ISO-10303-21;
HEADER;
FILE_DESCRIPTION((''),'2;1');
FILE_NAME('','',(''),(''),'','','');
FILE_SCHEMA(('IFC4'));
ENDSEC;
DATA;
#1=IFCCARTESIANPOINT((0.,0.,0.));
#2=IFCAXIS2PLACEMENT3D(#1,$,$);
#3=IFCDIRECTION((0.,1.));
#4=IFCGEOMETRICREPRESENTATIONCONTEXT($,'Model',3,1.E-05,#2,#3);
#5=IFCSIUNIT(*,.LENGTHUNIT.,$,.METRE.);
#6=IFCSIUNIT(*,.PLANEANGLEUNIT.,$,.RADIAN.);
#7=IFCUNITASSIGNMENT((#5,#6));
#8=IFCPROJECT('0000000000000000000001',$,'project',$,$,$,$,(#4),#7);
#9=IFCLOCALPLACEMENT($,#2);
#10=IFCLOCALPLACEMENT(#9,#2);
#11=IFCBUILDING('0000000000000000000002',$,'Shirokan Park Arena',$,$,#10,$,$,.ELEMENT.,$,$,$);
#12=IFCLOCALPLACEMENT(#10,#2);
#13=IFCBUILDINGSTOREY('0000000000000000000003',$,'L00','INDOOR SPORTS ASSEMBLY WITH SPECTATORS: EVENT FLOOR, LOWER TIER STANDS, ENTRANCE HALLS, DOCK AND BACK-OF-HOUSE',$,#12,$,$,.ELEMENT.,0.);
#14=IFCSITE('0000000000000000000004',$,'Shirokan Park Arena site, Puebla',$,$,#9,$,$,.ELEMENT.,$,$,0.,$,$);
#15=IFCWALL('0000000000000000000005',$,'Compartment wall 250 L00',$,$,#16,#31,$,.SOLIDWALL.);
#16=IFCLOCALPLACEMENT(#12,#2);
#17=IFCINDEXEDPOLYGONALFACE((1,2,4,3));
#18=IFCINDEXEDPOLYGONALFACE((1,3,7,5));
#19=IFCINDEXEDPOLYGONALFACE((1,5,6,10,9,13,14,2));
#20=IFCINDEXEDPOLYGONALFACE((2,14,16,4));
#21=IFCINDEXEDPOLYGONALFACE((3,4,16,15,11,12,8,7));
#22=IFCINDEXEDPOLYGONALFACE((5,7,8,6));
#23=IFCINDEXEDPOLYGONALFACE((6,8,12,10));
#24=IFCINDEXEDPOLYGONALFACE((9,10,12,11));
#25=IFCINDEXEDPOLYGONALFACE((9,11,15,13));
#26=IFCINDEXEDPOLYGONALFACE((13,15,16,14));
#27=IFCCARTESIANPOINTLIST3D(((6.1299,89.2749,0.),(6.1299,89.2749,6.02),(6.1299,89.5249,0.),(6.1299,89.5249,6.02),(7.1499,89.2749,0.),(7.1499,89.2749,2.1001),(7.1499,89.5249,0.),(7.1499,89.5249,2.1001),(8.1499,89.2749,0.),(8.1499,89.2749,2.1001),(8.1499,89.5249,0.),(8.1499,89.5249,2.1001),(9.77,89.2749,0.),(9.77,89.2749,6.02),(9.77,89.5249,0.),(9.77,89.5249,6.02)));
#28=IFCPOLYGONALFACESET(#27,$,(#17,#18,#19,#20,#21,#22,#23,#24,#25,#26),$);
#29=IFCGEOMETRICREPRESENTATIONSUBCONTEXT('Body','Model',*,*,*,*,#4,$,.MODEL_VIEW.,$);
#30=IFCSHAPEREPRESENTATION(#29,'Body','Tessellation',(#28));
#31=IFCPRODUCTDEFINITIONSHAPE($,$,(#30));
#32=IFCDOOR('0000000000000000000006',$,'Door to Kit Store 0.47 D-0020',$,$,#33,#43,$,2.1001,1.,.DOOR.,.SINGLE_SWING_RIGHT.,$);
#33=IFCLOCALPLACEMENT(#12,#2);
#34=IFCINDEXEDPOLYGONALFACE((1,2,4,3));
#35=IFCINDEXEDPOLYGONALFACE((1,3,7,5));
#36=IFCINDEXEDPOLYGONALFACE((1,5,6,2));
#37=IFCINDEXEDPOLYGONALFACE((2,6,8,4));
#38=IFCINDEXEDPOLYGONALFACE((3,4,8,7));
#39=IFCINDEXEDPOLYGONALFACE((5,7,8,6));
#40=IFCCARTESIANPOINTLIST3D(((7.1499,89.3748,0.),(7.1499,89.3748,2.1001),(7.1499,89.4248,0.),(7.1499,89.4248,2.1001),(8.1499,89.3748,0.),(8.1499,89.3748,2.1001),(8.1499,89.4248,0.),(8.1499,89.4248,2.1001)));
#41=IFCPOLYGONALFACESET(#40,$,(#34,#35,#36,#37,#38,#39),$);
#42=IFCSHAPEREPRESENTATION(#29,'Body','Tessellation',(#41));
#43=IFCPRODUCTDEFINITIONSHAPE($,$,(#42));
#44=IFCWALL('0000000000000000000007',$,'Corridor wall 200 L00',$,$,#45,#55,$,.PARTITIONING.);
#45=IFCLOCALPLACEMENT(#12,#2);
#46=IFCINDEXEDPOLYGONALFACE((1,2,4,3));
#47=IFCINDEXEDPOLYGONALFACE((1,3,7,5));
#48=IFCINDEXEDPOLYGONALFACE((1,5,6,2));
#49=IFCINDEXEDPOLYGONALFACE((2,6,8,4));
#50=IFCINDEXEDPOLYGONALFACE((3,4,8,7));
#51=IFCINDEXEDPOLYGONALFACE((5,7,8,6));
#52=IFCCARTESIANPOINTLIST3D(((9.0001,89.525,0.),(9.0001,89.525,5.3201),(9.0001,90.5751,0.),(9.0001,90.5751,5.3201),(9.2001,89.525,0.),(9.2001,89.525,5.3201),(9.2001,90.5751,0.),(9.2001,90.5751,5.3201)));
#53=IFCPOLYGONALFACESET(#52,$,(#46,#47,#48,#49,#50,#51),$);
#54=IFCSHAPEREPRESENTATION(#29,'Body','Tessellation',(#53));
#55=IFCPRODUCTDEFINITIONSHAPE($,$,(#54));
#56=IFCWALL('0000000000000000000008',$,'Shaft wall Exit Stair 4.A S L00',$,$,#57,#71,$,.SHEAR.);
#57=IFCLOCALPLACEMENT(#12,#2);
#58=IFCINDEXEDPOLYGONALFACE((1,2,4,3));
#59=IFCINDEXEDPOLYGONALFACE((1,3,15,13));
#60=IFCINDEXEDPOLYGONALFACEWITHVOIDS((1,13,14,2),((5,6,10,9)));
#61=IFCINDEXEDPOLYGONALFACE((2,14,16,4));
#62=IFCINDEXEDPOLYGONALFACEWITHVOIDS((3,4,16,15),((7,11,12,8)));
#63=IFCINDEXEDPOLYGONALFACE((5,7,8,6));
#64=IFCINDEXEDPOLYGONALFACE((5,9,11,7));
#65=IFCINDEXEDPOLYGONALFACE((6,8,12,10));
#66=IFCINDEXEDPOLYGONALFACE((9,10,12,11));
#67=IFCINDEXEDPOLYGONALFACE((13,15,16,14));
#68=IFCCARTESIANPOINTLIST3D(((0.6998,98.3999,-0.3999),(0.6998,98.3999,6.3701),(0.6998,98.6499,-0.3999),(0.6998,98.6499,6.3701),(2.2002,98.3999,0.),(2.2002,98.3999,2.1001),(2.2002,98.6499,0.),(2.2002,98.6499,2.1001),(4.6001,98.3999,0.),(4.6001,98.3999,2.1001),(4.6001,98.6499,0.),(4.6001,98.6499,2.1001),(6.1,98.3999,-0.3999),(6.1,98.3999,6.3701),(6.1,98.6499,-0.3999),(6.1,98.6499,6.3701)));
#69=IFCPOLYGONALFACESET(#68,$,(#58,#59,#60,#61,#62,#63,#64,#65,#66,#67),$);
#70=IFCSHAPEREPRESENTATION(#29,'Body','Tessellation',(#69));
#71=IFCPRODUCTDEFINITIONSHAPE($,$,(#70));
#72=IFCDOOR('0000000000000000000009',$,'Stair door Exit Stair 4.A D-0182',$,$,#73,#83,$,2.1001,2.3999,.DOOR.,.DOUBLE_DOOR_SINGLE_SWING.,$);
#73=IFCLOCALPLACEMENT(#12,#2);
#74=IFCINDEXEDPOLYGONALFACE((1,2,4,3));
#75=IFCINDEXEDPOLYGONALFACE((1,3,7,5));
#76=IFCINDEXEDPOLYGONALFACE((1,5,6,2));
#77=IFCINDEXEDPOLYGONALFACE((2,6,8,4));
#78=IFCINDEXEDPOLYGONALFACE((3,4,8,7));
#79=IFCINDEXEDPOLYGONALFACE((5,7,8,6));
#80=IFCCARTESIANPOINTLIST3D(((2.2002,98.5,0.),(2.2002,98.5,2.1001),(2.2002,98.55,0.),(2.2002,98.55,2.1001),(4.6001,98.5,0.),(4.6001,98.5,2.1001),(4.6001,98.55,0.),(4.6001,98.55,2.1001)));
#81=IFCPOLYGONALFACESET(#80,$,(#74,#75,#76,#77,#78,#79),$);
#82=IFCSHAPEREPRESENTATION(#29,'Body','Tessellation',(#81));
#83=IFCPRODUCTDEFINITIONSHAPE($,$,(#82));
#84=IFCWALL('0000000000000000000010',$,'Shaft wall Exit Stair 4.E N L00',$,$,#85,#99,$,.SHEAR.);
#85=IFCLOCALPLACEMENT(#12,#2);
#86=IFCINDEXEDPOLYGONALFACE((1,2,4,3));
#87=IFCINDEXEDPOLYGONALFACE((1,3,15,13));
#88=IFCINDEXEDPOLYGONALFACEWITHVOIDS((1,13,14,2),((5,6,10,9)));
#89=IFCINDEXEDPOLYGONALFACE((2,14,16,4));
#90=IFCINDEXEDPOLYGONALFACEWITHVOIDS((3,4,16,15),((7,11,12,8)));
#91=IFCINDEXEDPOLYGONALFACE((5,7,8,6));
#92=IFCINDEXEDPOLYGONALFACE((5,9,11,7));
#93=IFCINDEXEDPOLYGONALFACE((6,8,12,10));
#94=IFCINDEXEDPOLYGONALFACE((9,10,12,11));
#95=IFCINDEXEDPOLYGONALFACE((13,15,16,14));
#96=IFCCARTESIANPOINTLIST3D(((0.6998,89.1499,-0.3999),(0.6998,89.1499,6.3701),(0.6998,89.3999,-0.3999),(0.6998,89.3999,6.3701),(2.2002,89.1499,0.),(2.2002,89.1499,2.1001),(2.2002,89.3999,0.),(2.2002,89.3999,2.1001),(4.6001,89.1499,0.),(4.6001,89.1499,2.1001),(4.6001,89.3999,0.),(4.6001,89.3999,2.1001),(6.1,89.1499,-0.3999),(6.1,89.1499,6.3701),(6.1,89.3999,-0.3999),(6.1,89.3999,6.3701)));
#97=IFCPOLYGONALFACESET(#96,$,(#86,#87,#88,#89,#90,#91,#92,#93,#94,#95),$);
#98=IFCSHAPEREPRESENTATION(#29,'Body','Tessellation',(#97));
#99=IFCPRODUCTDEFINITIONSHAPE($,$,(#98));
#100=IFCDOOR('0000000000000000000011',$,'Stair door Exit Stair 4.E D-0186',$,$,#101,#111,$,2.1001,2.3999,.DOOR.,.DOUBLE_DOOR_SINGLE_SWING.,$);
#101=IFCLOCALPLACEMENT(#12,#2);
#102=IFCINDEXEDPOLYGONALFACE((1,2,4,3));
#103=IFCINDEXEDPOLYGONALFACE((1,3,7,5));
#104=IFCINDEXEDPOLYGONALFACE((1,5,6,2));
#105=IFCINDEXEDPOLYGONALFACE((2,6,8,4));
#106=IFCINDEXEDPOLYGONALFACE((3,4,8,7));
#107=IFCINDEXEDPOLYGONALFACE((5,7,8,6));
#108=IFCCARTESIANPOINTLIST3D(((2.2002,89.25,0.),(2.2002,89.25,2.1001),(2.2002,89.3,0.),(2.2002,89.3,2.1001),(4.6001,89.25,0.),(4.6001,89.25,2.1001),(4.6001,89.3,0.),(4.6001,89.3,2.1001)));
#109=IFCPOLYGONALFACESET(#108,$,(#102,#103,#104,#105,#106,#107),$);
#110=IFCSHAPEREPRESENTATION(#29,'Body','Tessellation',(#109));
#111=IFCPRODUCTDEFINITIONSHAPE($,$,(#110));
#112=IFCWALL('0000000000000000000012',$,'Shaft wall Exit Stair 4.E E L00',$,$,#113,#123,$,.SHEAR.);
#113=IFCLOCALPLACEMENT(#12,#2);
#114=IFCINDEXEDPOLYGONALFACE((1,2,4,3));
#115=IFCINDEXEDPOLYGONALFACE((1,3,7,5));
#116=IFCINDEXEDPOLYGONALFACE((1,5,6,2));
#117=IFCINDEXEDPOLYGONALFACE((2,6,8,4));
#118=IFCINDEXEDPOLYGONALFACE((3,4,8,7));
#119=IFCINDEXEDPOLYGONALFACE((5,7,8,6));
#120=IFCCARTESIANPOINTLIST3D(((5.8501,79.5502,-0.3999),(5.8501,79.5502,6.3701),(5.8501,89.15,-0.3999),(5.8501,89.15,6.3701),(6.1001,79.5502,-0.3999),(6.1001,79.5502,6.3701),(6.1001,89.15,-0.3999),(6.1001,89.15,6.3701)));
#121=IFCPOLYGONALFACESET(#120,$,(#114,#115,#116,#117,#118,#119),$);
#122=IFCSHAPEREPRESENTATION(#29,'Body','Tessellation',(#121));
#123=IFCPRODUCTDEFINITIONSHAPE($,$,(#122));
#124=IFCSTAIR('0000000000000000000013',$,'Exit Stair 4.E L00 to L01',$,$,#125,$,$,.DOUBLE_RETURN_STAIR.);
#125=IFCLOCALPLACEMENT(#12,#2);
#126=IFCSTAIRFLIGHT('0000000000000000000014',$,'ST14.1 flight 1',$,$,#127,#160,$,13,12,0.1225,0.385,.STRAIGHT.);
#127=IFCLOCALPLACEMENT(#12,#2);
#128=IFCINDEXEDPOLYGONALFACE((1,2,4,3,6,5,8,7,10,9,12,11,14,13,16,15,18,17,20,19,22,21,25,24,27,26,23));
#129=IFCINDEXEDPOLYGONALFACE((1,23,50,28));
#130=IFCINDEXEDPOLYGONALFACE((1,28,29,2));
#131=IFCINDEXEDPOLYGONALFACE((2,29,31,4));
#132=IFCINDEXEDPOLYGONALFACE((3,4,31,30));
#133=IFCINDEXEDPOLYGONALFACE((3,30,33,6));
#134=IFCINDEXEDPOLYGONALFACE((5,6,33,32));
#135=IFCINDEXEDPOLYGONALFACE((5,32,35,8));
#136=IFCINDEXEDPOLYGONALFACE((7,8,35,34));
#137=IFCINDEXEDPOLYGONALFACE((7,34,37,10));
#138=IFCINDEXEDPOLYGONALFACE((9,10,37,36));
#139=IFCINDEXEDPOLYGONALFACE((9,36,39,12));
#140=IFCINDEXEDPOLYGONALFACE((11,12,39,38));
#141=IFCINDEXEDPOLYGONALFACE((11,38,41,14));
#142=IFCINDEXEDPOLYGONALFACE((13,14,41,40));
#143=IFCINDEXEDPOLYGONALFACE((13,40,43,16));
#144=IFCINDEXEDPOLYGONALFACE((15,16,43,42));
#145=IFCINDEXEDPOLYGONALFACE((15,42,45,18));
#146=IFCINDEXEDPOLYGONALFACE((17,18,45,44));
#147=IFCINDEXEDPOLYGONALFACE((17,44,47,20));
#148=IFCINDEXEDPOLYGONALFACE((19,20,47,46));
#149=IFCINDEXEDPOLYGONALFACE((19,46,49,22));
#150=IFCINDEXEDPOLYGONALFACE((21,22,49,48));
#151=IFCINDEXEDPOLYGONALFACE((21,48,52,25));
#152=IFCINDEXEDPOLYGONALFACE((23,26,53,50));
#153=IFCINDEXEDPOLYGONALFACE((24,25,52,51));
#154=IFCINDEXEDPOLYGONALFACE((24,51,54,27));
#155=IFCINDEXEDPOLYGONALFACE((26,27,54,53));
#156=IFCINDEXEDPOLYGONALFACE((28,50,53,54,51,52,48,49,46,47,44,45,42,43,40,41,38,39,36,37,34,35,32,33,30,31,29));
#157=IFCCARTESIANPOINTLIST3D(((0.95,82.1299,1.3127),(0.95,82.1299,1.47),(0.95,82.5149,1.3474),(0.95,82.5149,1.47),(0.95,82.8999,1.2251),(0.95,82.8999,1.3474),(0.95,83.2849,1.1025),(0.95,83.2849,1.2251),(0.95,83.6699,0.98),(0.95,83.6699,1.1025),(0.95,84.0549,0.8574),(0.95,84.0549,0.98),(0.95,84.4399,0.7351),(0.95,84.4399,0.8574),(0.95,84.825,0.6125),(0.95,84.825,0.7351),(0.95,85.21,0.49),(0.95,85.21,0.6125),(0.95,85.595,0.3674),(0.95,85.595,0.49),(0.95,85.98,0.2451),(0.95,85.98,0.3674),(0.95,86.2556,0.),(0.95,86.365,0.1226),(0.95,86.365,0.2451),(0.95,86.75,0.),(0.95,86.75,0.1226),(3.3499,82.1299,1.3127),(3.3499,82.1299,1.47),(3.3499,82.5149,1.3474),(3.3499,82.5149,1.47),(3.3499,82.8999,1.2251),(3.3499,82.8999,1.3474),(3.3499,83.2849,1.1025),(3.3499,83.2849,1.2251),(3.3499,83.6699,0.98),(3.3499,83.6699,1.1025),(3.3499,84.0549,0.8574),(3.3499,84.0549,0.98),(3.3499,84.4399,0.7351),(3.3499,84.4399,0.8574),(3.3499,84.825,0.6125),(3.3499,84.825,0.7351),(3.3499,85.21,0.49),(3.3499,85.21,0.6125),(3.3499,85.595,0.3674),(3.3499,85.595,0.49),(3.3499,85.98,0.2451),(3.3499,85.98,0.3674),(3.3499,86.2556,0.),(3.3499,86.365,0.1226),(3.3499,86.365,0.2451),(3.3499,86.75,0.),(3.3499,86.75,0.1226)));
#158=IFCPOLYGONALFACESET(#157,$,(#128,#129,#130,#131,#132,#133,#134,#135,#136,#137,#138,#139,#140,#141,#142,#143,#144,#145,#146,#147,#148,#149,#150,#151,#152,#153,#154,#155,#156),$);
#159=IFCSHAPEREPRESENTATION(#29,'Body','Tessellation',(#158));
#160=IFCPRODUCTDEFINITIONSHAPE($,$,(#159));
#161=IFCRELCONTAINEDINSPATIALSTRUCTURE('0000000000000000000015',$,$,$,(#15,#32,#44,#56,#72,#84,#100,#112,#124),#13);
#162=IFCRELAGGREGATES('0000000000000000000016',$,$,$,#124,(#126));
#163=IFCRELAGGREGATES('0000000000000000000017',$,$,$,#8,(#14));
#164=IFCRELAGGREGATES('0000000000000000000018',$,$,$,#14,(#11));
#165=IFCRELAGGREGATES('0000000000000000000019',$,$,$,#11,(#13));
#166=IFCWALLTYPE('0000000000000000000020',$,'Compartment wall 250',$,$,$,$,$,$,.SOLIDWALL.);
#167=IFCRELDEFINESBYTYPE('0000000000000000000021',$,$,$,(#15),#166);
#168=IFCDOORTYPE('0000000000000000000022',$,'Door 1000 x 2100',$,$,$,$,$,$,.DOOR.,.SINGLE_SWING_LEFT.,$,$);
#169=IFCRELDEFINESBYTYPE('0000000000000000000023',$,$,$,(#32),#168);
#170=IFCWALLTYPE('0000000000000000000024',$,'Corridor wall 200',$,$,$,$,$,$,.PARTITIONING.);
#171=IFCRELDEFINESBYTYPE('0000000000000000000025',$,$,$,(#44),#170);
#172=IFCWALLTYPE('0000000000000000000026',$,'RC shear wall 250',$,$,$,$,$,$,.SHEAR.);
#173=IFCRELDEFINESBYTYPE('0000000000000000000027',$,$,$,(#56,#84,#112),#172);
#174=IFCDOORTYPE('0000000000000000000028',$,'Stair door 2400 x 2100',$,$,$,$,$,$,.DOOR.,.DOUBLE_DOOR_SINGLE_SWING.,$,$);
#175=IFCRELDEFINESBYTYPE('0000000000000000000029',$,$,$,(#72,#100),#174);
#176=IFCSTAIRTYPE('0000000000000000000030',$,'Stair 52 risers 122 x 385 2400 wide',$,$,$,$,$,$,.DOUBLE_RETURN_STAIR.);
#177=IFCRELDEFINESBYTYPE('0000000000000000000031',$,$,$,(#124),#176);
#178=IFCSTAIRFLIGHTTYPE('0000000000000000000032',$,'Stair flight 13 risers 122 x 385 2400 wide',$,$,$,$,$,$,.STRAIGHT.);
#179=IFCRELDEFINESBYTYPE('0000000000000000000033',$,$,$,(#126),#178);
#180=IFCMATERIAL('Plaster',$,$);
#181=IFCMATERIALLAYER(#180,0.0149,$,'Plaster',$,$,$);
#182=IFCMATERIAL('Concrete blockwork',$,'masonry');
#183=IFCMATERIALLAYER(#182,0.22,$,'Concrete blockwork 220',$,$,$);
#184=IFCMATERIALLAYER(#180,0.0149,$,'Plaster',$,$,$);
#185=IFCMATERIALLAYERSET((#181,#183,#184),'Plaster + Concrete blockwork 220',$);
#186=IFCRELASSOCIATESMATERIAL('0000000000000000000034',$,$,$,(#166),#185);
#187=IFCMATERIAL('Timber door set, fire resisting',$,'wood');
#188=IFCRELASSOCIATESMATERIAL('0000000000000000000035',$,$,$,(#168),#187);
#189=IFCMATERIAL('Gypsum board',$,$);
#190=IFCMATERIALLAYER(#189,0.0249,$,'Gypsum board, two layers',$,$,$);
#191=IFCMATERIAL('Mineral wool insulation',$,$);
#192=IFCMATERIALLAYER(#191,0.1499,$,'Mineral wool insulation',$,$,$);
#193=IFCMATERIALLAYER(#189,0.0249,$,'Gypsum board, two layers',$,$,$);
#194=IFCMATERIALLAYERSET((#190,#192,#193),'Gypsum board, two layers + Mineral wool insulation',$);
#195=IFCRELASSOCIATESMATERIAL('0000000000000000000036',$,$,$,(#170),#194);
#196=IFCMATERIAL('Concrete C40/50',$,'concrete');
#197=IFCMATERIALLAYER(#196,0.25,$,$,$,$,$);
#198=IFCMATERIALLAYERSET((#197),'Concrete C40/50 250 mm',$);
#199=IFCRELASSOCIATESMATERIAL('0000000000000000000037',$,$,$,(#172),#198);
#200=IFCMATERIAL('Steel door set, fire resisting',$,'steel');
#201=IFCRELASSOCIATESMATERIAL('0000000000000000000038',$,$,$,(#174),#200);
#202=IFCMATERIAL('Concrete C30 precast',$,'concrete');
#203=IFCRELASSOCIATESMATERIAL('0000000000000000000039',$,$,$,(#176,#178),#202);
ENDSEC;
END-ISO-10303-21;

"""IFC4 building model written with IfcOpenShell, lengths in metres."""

from ifc_helpers import new_model, si_unit, direction, frame, frame_2d, origin, place, context, subcontext, project, spatial, polyline, rectangle, outline, extrude, material, layer, layer_set, type_object, element, fill, aggregate, save


model = new_model("IFC4")

# Units and contexts
model_context = context("Model", 3, precision=1e-05, world=origin(), true_north=direction((0.0, 1.0)))
body_context = subcontext(model_context, "Body", "Model", "MODEL_VIEW")
ifc_project = project(units=[si_unit("LENGTHUNIT", "METRE"), si_unit("PLANEANGLEUNIT", "RADIAN")], contexts=[model_context])

# Site, building, storey
site_placement = place(None, origin())
site = spatial("IfcSite", under=ifc_project, at=site_placement, Name="Shirokan Park Arena site, Puebla", CompositionType="ELEMENT", RefElevation=0.0)
building_placement = place(site_placement, origin())
building = spatial("IfcBuilding", under=site, at=building_placement, Name="Shirokan Park Arena", CompositionType="ELEMENT")
storey_placement = place(building_placement, origin())
storey = spatial("IfcBuildingStorey", under=building, at=storey_placement, Name="L00", Description="INDOOR SPORTS ASSEMBLY WITH SPECTATORS: EVENT FLOOR, LOWER TIER STANDS, ENTRANCE HALLS, DOCK AND BACK-OF-HOUSE", CompositionType="ELEMENT", Elevation=0.0)

# Wall, opening, door
ifc_material_1 = material(Name="Plaster")
ifc_layer_1 = layer(ifc_material_1, 0.0149, Name="Plaster")
ifc_material_2 = material(Name="Concrete blockwork", Category="masonry")
ifc_layer_2 = layer(ifc_material_2, 0.22, Name="Concrete blockwork 220")
ifc_layer_3 = layer(ifc_material_1, 0.0149, Name="Plaster")
ifc_layer_set_1 = layer_set([ifc_layer_1, ifc_layer_2, ifc_layer_3], Name="Plaster + Concrete blockwork 220")
wall_type_1 = type_object("IfcWallType", Name="Compartment wall 250", PredefinedType="SOLIDWALL", material=ifc_layer_set_1)
wall_1_placement = place(storey_placement, frame((6.1299, 89.3999, 0.0), z_axis=(0.0, 0.0, 1.0), x_axis=(1.0, 0.0, 0.0)))
wall_1 = element("IfcWall", 1, at=wall_1_placement, inside=storey, type_object=wall_type_1, Name="Compartment wall 250 L00", PredefinedType="SOLIDWALL", context=body_context, shape_type="SweptSolid", body=[
    extrude(rectangle(XDim=3.6401, YDim=0.25, at=frame_2d((1.8201, 0.0))), origin(), (0.0, 0.0, 1.0), 6.02),
])
opening_1_placement = place(wall_1_placement, frame((1.02, 0.0, 0.0)))
opening_1 = element("IfcOpeningElement", 2, at=opening_1_placement, cuts=wall_1, PredefinedType="OPENING", context=body_context, shape_type="SweptSolid", body=[
    extrude(rectangle(XDim=1.0, YDim=2.1001, at=frame_2d((0.5, 1.05))), frame((0.0, 0.135, 0.0), z_axis=(0.0, -1.0, 0.0), x_axis=(1.0, 0.0, 0.0)), (0.0, 0.0, 1.0), 0.27),
])
ifc_material_3 = material(Name="Timber door set, fire resisting", Category="wood")
door_type_1 = type_object("IfcDoorType", Name="Door 1000 x 2100", OperationType="SINGLE_SWING_LEFT", PredefinedType="DOOR", material=ifc_material_3)
door_1_placement = place(opening_1_placement, origin())
door_1 = element("IfcDoor", 3, at=door_1_placement, inside=storey, type_object=door_type_1, Name="Door to Kit Store 0.47 D-0020", OperationType="SINGLE_SWING_RIGHT", OverallHeight=2.1001, OverallWidth=1.0, PredefinedType="DOOR", context=body_context, shape_type="SweptSolid", body=[
    extrude(rectangle(XDim=1.0, YDim=2.1001, at=frame_2d((0.5, 1.05))), frame((0.0, 0.0249, 0.0), z_axis=(0.0, -1.0, 0.0), x_axis=(1.0, 0.0, 0.0)), (0.0, 0.0, 1.0), 0.05),
])
fill(opening_1, door_1)

# Wall
ifc_material_4 = material(Name="Gypsum board")
ifc_layer_4 = layer(ifc_material_4, 0.0249, Name="Gypsum board, two layers")
ifc_material_5 = material(Name="Mineral wool insulation")
ifc_layer_5 = layer(ifc_material_5, 0.1499, Name="Mineral wool insulation")
ifc_layer_6 = layer(ifc_material_4, 0.0249, Name="Gypsum board, two layers")
ifc_layer_set_2 = layer_set([ifc_layer_4, ifc_layer_5, ifc_layer_6], Name="Gypsum board, two layers + Mineral wool insulation")
wall_type_2 = type_object("IfcWallType", Name="Corridor wall 200", PredefinedType="PARTITIONING", material=ifc_layer_set_2)
wall_2_placement = place(storey_placement, frame((9.1001, 90.575, 0.0), z_axis=(0.0, 0.0, 1.0), x_axis=(0.0, -1.0, 0.0)))
element("IfcWall", 4, at=wall_2_placement, inside=storey, type_object=wall_type_2, Name="Corridor wall 200 L00", PredefinedType="PARTITIONING", context=body_context, shape_type="SweptSolid", body=[
    extrude(rectangle(XDim=1.05, YDim=0.2, at=frame_2d((0.5249, 0.0))), origin(), (0.0, 0.0, 1.0), 5.3201),
])

# Walls, openings, doors
ifc_material_6 = material(Name="Concrete C40/50", Category="concrete")
ifc_layer_7 = layer(ifc_material_6, 0.25)
ifc_layer_set_3 = layer_set([ifc_layer_7], Name="Concrete C40/50 250 mm")
wall_type_3 = type_object("IfcWallType", Name="RC shear wall 250", PredefinedType="SHEAR", material=ifc_layer_set_3)
wall_3_placement = place(storey_placement, frame((6.1001, 98.5249, -0.3999), z_axis=(0.0, 0.0, 1.0), x_axis=(-1.0, 0.0, 0.0)))
wall_3 = element("IfcWall", 5, at=wall_3_placement, inside=storey, type_object=wall_type_3, Name="Shaft wall Exit Stair 4.A S L00", PredefinedType="SHEAR", context=body_context, shape_type="SweptSolid", body=[
    extrude(rectangle(XDim=5.4001, YDim=0.25, at=frame_2d((2.7002, 0.0))), origin(), (0.0, 0.0, 1.0), 6.77),
])
opening_2_placement = place(wall_3_placement, frame((1.5, 0.0, 0.3999)))
opening_2 = element("IfcOpeningElement", 6, at=opening_2_placement, cuts=wall_3, PredefinedType="OPENING", context=body_context, shape_type="SweptSolid", body=[
    extrude(rectangle(XDim=2.3999, YDim=2.1001, at=frame_2d((1.2, 1.05))), frame((0.0, 0.135, 0.0), z_axis=(0.0, -1.0, 0.0), x_axis=(1.0, 0.0, 0.0)), (0.0, 0.0, 1.0), 0.27),
])
ifc_material_7 = material(Name="Steel door set, fire resisting", Category="steel")
door_type_2 = type_object("IfcDoorType", Name="Stair door 2400 x 2100", OperationType="DOUBLE_DOOR_SINGLE_SWING", PredefinedType="DOOR", material=ifc_material_7)
door_2_placement = place(opening_2_placement, origin())
door_2 = element("IfcDoor", 7, at=door_2_placement, inside=storey, type_object=door_type_2, Name="Stair door Exit Stair 4.A D-0182", OperationType="DOUBLE_DOOR_SINGLE_SWING", OverallHeight=2.1001, OverallWidth=2.3999, PredefinedType="DOOR", context=body_context, shape_type="SweptSolid", body=[
    extrude(rectangle(XDim=2.3999, YDim=2.1001, at=frame_2d((1.2, 1.05))), frame((0.0, 0.0249, 0.0), z_axis=(0.0, -1.0, 0.0), x_axis=(1.0, 0.0, 0.0)), (0.0, 0.0, 1.0), 0.05),
])
fill(opening_2, door_2)
wall_4_placement = place(storey_placement, frame((6.1001, 89.2749, -0.3999), z_axis=(0.0, 0.0, 1.0), x_axis=(-1.0, 0.0, 0.0)))
wall_4 = element("IfcWall", 8, at=wall_4_placement, inside=storey, type_object=wall_type_3, Name="Shaft wall Exit Stair 4.E N L00", PredefinedType="SHEAR", context=body_context, shape_type="SweptSolid", body=[
    extrude(rectangle(XDim=5.4001, YDim=0.25, at=frame_2d((2.7002, 0.0))), origin(), (0.0, 0.0, 1.0), 6.77),
])
opening_3_placement = place(wall_4_placement, frame((1.5, 0.0, 0.3999)))
opening_3 = element("IfcOpeningElement", 9, at=opening_3_placement, cuts=wall_4, PredefinedType="OPENING", context=body_context, shape_type="SweptSolid", body=[
    extrude(rectangle(XDim=2.3999, YDim=2.1001, at=frame_2d((1.2, 1.05))), frame((0.0, 0.135, 0.0), z_axis=(0.0, -1.0, 0.0), x_axis=(1.0, 0.0, 0.0)), (0.0, 0.0, 1.0), 0.27),
])
door_3_placement = place(opening_3_placement, origin())
door_3 = element("IfcDoor", 10, at=door_3_placement, inside=storey, type_object=door_type_2, Name="Stair door Exit Stair 4.E D-0186", OperationType="DOUBLE_DOOR_SINGLE_SWING", OverallHeight=2.1001, OverallWidth=2.3999, PredefinedType="DOOR", context=body_context, shape_type="SweptSolid", body=[
    extrude(rectangle(XDim=2.3999, YDim=2.1001, at=frame_2d((1.2, 1.05))), frame((0.0, 0.0249, 0.0), z_axis=(0.0, -1.0, 0.0), x_axis=(1.0, 0.0, 0.0)), (0.0, 0.0, 1.0), 0.05),
])
fill(opening_3, door_3)

# Wall
wall_5_placement = place(storey_placement, frame((5.9751, 89.1499, -0.3999), z_axis=(0.0, 0.0, 1.0), x_axis=(0.0, -1.0, 0.0)))
element("IfcWall", 11, at=wall_5_placement, inside=storey, type_object=wall_type_3, Name="Shaft wall Exit Stair 4.E E L00", PredefinedType="SHEAR", context=body_context, shape_type="SweptSolid", body=[
    extrude(rectangle(XDim=9.5999, YDim=0.25, at=frame_2d((4.7998, 0.0))), origin(), (0.0, 0.0, 1.0), 6.77),
])

# Stair, stair flight
ifc_material_8 = material(Name="Concrete C30 precast", Category="concrete")
stair_type = type_object("IfcStairType", Name="Stair 52 risers 122 x 385 2400 wide", PredefinedType="DOUBLE_RETURN_STAIR", material=ifc_material_8)
stair_placement = place(storey_placement, origin())
stair = element("IfcStair", 12, at=stair_placement, inside=storey, type_object=stair_type, Name="Exit Stair 4.E L00 to L01", PredefinedType="DOUBLE_RETURN_STAIR")
stair_flight_type = type_object("IfcStairFlightType", Name="Stair flight 13 risers 122 x 385 2400 wide", PredefinedType="STRAIGHT", material=ifc_material_8)
stair_flight_1_placement = place(storey_placement, frame((2.1499, 86.75, 0.0), z_axis=(0.0, 0.0, 1.0), x_axis=(0.0, -1.0, 0.0)))
stair_flight_1 = element("IfcStairFlight", 13, at=stair_flight_1_placement, type_object=stair_flight_type, Name="ST14.1 flight 1", NumberOfRisers=13, NumberOfTreads=12, PredefinedType="STRAIGHT", RiserHeight=0.1225, TreadLength=0.385, context=body_context, shape_type="SweptSolid", body=[
    extrude(outline(polyline([(0.0, 0.0), (0.0, 0.1226), (0.385, 0.1226), (0.385, 0.2451), (0.77, 0.2451), (0.77, 0.3674), (1.155, 0.3674), (1.155, 0.49), (1.54, 0.49), (1.54, 0.6125), (1.925, 0.6125), (1.925, 0.7351), (2.3101, 0.7351), (2.3101, 0.8574), (2.6951, 0.8574), (2.6951, 0.98), (3.0801, 0.98), (3.0801, 1.1025), (3.4651, 1.1025), (3.4651, 1.2251), (3.8501, 1.2251), (3.8501, 1.3474), (4.2351, 1.3474), (4.2351, 1.47), (4.6201, 1.47), (4.6201, 1.5925), (4.6201, 1.3127), (0.4944, 0.0), (0.0, 0.0)])), frame((0.0, 1.2, 0.0), z_axis=(0.0, -1.0, 0.0), x_axis=(1.0, 0.0, 0.0)), (0.0, 0.0, 1.0), 2.3999),
])
aggregate(stair, [stair_flight_1])

save(model, "model.ifc")
